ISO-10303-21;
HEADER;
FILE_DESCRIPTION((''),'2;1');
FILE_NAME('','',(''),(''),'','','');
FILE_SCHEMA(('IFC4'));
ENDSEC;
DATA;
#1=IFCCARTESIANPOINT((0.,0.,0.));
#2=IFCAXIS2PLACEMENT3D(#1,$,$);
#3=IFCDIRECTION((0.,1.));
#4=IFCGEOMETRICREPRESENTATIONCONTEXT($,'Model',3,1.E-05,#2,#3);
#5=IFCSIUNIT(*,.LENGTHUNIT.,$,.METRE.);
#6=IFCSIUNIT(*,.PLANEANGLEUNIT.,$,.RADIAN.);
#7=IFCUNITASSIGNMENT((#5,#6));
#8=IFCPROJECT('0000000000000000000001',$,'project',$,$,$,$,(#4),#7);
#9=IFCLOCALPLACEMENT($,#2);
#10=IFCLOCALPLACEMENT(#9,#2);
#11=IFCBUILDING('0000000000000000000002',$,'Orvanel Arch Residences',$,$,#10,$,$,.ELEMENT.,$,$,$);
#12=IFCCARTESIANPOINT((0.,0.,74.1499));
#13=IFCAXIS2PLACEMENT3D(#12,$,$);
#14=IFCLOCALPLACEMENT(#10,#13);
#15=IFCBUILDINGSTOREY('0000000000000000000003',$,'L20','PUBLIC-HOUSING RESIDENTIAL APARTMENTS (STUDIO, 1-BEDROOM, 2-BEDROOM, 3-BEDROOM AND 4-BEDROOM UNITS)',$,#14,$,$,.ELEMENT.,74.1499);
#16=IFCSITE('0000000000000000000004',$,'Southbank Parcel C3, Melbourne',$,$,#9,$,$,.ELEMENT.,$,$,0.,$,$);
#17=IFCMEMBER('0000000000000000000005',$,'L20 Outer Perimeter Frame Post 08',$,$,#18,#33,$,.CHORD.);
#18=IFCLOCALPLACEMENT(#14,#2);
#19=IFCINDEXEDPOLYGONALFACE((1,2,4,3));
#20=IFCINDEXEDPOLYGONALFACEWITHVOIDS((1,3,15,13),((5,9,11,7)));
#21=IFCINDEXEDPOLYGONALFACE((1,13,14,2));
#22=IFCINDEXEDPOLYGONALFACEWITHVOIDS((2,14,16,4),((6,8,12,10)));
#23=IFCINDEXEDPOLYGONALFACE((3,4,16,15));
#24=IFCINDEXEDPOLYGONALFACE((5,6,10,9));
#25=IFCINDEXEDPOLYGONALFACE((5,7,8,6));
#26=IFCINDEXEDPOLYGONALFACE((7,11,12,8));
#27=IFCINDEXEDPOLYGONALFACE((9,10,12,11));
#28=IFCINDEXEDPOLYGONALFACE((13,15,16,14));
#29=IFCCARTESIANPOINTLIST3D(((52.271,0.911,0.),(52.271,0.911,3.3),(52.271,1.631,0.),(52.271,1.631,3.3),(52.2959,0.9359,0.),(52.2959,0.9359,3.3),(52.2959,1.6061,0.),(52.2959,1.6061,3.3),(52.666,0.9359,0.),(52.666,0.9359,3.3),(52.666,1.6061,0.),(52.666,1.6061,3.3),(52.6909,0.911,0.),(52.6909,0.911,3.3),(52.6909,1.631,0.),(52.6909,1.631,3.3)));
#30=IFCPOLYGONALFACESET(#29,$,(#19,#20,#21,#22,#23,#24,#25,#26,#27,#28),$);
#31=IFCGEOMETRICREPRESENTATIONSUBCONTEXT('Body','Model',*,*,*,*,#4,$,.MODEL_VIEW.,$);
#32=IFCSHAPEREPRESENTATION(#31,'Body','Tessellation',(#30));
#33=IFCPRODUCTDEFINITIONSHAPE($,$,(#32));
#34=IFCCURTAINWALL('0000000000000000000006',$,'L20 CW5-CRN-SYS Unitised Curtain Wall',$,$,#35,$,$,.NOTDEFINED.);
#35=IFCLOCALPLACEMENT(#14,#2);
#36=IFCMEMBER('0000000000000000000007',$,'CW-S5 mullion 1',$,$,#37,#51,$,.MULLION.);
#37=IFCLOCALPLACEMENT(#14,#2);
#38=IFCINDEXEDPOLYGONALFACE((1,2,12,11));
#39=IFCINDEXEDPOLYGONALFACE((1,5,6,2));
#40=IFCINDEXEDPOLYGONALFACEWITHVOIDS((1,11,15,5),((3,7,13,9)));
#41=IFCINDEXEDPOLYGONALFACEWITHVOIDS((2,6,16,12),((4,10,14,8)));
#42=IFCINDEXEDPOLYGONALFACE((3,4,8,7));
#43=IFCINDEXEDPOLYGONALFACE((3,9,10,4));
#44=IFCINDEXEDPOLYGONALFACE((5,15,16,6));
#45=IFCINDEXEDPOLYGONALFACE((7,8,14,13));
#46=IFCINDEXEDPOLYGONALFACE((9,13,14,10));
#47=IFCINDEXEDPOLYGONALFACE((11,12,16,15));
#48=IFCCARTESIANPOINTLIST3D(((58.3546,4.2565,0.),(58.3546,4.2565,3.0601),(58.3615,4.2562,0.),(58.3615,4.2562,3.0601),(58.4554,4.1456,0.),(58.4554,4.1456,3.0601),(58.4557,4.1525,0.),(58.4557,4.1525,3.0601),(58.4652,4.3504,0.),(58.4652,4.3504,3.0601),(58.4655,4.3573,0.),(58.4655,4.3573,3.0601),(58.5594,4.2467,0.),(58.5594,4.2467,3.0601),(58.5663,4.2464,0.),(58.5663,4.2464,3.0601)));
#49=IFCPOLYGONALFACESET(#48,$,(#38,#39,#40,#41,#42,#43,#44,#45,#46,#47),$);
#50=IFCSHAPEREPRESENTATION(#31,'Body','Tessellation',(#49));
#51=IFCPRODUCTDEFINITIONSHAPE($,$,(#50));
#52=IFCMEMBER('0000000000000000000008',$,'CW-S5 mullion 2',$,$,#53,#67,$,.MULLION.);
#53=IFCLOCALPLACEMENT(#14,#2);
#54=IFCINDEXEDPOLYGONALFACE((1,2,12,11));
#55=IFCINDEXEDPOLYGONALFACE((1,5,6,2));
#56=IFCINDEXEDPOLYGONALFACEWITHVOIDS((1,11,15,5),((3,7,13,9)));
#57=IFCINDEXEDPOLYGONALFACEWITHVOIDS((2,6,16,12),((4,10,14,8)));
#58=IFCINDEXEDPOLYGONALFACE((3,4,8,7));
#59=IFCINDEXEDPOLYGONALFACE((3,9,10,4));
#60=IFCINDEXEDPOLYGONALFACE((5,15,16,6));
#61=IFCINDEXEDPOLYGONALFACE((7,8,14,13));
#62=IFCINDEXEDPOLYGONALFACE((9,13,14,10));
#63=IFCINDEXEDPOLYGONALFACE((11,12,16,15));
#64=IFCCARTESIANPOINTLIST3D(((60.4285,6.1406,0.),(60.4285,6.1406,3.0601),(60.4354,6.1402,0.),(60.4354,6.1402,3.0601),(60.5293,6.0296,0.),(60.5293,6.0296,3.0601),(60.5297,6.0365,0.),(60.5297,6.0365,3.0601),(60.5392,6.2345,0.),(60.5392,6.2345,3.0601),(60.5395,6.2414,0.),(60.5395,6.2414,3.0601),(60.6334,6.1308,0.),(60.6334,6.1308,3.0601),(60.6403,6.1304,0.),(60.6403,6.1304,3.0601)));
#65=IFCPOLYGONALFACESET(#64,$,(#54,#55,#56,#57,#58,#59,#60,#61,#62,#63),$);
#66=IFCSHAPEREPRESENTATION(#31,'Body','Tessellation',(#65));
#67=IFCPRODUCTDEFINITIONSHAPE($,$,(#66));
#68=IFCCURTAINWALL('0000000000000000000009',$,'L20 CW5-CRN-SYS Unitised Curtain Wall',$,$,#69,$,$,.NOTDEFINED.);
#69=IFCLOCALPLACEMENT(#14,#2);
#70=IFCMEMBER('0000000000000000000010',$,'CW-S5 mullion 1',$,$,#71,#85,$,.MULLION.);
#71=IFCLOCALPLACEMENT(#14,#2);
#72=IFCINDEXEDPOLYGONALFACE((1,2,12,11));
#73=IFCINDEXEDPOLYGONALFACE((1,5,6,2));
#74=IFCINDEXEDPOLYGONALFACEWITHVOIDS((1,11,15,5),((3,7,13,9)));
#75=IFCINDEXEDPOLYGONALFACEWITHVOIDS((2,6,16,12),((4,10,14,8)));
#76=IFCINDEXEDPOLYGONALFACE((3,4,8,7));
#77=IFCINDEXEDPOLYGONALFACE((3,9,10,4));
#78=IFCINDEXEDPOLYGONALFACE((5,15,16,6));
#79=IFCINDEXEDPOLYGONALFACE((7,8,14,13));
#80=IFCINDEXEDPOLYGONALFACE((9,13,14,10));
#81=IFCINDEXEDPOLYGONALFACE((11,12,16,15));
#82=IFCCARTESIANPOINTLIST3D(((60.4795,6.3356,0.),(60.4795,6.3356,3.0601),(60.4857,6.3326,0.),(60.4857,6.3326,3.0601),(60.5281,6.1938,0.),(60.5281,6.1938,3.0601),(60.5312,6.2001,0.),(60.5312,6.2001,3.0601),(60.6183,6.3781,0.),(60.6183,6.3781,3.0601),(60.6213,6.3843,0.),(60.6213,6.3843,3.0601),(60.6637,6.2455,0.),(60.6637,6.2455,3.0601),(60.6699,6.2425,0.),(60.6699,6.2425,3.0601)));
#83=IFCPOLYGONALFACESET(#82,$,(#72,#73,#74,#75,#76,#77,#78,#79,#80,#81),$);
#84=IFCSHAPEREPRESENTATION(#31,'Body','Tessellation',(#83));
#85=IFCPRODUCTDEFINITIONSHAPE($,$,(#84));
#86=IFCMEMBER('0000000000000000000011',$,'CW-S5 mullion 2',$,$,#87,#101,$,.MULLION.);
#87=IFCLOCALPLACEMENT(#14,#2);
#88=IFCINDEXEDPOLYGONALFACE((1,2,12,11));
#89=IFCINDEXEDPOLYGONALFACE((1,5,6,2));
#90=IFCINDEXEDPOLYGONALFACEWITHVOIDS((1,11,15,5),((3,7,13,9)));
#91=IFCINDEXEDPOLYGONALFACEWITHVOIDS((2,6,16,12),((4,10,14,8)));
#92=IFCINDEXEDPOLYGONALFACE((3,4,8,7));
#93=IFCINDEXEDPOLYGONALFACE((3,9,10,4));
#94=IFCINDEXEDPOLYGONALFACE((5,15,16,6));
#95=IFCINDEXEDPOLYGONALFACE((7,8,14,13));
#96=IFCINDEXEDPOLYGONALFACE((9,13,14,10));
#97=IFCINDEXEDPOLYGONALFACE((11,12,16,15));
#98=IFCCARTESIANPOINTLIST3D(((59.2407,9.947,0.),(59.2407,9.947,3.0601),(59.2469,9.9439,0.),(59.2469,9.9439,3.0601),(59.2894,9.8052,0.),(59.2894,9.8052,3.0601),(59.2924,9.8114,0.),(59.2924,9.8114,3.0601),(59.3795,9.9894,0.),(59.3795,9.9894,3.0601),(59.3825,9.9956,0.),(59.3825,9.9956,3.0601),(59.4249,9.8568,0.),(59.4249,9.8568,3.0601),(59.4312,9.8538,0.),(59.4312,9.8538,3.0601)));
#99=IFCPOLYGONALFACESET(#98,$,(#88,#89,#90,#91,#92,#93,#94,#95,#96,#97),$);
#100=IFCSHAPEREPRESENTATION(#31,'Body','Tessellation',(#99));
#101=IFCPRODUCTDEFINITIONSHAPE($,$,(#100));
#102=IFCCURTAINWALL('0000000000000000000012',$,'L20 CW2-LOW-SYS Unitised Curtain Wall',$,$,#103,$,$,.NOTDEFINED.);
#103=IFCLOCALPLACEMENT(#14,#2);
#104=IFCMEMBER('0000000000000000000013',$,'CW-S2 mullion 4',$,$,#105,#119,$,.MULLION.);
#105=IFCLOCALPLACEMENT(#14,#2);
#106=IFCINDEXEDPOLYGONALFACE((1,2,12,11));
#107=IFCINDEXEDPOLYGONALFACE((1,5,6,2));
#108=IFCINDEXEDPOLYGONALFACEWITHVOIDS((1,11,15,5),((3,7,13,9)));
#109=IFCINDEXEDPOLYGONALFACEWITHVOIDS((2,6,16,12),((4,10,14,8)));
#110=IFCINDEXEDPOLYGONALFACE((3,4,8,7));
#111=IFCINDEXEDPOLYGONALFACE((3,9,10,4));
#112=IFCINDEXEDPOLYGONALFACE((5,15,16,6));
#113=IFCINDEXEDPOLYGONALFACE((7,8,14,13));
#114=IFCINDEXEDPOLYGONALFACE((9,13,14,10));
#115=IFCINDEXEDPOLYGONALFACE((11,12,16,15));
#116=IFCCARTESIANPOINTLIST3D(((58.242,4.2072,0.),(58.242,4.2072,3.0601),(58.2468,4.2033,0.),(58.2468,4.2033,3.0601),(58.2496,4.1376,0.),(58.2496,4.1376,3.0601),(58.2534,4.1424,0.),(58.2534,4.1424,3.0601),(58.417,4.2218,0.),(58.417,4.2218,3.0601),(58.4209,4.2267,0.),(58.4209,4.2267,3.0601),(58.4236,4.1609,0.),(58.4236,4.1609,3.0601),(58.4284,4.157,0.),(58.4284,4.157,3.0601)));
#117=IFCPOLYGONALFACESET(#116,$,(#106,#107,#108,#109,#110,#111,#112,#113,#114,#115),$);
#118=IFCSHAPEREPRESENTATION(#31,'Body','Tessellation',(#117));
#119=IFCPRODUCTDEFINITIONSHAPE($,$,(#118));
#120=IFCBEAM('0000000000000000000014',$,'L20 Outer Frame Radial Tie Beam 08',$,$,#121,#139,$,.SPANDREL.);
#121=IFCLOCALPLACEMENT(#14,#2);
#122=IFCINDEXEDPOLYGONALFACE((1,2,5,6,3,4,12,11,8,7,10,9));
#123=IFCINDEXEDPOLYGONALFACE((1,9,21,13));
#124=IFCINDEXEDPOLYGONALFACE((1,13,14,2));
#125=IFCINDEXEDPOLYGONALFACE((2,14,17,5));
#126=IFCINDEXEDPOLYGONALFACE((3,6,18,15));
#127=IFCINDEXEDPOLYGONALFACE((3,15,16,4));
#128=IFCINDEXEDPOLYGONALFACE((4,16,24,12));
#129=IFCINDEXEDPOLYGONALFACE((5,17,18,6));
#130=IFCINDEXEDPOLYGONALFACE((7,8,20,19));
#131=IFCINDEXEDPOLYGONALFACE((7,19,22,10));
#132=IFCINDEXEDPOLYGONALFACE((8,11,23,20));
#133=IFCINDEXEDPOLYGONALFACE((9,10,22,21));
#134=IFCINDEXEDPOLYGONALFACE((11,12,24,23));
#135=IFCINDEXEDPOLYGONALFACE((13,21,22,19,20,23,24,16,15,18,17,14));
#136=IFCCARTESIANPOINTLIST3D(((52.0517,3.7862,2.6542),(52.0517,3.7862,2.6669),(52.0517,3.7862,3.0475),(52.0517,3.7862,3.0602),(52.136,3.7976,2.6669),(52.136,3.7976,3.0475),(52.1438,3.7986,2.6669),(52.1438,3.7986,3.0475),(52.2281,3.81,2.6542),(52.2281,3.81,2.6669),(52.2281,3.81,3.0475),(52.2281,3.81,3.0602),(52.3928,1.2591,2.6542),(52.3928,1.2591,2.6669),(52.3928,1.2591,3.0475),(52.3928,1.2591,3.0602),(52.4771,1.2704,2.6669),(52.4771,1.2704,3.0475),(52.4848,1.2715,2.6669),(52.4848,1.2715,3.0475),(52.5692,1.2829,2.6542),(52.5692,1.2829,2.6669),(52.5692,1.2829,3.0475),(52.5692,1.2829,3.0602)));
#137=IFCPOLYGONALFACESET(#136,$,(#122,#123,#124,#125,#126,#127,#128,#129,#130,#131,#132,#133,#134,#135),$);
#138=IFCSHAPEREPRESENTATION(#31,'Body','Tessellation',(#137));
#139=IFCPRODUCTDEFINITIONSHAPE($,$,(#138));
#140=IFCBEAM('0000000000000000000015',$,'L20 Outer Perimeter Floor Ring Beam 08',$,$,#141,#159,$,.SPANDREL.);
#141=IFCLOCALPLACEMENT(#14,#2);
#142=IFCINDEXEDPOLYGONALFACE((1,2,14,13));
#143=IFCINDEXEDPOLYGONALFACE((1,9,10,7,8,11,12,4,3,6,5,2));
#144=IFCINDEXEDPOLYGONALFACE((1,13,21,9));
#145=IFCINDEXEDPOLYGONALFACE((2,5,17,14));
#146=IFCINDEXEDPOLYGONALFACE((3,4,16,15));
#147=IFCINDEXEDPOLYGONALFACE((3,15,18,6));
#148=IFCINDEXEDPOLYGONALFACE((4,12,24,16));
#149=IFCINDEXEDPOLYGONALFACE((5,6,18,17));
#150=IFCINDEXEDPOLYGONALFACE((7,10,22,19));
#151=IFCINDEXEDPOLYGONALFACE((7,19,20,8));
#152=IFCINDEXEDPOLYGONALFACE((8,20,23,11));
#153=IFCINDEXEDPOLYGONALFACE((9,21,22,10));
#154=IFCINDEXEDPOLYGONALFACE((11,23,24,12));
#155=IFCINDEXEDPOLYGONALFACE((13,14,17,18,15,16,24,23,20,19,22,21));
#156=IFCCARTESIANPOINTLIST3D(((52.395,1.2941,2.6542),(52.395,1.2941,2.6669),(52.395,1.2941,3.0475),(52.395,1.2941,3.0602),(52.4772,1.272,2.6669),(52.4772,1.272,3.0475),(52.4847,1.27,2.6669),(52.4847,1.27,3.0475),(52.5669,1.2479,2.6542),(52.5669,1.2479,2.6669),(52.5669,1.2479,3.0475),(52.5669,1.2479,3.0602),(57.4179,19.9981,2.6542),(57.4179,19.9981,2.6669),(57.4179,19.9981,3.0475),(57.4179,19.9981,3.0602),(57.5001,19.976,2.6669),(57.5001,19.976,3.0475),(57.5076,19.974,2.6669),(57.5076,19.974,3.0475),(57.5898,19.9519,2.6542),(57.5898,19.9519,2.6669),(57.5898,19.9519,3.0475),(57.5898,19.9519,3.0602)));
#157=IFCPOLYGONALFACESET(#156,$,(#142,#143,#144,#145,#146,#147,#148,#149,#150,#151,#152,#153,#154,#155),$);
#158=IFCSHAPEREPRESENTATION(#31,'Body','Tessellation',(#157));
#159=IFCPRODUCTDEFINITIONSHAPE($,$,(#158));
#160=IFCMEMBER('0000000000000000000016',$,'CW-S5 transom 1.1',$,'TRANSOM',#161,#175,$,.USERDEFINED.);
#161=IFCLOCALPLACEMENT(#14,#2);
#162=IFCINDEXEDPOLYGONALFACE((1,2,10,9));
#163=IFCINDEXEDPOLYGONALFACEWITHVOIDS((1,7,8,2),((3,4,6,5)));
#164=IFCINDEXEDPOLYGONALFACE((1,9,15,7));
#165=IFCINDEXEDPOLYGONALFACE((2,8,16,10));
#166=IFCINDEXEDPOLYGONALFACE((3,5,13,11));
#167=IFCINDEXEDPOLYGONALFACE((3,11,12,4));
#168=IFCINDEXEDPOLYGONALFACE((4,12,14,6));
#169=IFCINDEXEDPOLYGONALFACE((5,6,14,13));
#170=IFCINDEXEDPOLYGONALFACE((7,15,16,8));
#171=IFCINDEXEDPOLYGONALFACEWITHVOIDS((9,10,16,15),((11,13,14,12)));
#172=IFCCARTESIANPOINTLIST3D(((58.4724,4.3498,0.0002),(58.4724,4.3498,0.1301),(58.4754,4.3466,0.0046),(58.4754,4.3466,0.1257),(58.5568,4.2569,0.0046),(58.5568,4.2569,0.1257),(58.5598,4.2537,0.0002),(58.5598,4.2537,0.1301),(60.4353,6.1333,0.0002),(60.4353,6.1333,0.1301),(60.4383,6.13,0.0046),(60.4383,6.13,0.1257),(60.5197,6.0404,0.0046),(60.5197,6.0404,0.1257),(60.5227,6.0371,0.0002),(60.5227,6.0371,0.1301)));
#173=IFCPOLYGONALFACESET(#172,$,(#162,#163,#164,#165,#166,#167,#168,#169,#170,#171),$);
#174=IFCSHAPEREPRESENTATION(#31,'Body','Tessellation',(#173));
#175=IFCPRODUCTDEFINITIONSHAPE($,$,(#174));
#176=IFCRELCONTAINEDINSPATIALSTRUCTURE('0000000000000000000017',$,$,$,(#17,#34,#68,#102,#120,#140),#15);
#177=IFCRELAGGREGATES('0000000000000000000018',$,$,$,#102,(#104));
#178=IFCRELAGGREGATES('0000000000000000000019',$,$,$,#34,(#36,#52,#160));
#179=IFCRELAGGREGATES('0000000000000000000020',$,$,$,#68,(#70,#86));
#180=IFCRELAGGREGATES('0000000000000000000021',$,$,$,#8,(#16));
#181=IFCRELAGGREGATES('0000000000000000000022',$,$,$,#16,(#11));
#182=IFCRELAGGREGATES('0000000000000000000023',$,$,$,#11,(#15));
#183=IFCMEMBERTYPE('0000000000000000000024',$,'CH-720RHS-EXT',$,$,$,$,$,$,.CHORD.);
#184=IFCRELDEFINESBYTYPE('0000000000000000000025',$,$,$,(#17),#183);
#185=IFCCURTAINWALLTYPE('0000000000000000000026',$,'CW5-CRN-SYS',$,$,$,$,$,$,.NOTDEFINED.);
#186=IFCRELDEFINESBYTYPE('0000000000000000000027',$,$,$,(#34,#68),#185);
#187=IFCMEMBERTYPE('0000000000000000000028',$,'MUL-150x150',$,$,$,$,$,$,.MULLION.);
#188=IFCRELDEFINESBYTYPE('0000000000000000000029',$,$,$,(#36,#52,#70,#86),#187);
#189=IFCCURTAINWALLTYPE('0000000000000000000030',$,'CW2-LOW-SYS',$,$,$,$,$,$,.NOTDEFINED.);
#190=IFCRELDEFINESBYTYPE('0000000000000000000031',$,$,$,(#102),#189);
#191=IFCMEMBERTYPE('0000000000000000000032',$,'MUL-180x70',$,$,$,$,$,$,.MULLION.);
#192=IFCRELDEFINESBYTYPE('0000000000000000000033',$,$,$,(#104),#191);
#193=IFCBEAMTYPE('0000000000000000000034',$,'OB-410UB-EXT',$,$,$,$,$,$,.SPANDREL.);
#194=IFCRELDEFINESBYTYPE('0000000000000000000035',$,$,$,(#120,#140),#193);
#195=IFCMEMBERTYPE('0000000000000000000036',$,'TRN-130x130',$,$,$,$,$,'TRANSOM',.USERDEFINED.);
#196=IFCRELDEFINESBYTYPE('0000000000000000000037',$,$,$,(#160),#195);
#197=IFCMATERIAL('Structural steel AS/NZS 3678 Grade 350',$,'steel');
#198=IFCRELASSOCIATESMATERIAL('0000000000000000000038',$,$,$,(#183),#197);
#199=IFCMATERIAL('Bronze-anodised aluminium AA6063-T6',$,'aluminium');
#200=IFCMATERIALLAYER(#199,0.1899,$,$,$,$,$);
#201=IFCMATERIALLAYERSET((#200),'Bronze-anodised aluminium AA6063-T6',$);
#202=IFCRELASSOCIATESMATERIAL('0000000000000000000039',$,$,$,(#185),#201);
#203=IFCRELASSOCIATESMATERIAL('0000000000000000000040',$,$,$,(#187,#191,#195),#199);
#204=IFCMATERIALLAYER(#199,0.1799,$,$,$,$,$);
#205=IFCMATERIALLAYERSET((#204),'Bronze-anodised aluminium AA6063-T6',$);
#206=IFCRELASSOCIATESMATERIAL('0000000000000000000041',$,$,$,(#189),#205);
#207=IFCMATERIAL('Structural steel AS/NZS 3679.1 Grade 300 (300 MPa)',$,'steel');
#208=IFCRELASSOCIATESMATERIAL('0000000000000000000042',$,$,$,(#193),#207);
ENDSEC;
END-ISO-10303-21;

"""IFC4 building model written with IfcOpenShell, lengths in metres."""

from ifc_helpers import new_model, si_unit, direction, frame, origin, origin_2d, place, context, subcontext, project, spatial, hollow_rectangle, i_section, extrude, material, layer, layer_set, material_profile, profile_set, type_object, element, aggregate, save


model = new_model("IFC4")

# Units and contexts
model_context = context("Model", 3, precision=1e-05, world=origin(), true_north=direction((0.0, 1.0)))
body_context = subcontext(model_context, "Body", "Model", "MODEL_VIEW")
ifc_project = project(units=[si_unit("LENGTHUNIT", "METRE"), si_unit("PLANEANGLEUNIT", "RADIAN")], contexts=[model_context])

# Site, building, storey
site_placement = place(None, origin())
site = spatial("IfcSite", under=ifc_project, at=site_placement, Name="Southbank Parcel C3, Melbourne", CompositionType="ELEMENT", RefElevation=0.0)
building_placement = place(site_placement, origin())
building = spatial("IfcBuilding", under=site, at=building_placement, Name="Orvanel Arch Residences", CompositionType="ELEMENT")
storey_placement = place(building_placement, frame((0.0, 0.0, 74.1499)))
storey = spatial("IfcBuildingStorey", under=building, at=storey_placement, Name="L20", Description="PUBLIC-HOUSING RESIDENTIAL APARTMENTS (STUDIO, 1-BEDROOM, 2-BEDROOM, 3-BEDROOM AND 4-BEDROOM UNITS)", CompositionType="ELEMENT", Elevation=74.1499)

# Member
ifc_material_1 = material(Name="Structural steel AS/NZS 3678 Grade 350", Category="steel")
ifc_material_profile_1 = material_profile(ifc_material_1, hollow_rectangle(XDim=0.4199, YDim=0.72, WallThickness=0.0249, at=origin_2d()), Name="RHS720x420x25")
ifc_profile_set_1 = profile_set([ifc_material_profile_1], Name="Structural steel AS/NZS 3678 Grade 350")
member_type_1 = type_object("IfcMemberType", Name="CH-720RHS-EXT", PredefinedType="CHORD", material=ifc_profile_set_1)
member_1_placement = place(storey_placement, frame((52.481, 1.271, 0.0), z_axis=(0.0, 0.0, 1.0), x_axis=(1.0, 0.0, 0.0)))
element("IfcMember", 1, at=member_1_placement, inside=storey, type_object=member_type_1, Name="L20 Outer Perimeter Frame Post 08", PredefinedType="CHORD", context=body_context, shape_type="SweptSolid", body=[
    extrude(hollow_rectangle(XDim=0.4199, YDim=0.72, WallThickness=0.0249, at=origin_2d()), origin(), (0.0, 0.0, 1.0), 3.3),
])

# Curtain walls, members
ifc_material_2 = material(Name="Bronze-anodised aluminium AA6063-T6", Category="aluminium")
ifc_layer_1 = layer(ifc_material_2, 0.1899)
ifc_layer_set_1 = layer_set([ifc_layer_1], Name="Bronze-anodised aluminium AA6063-T6")
curtain_wall_type_1 = type_object("IfcCurtainWallType", Name="CW5-CRN-SYS", PredefinedType="NOTDEFINED", material=ifc_layer_set_1)
curtain_wall_1_placement = place(storey_placement, origin())
curtain_wall_1 = element("IfcCurtainWall", 2, at=curtain_wall_1_placement, inside=storey, type_object=curtain_wall_type_1, Name="L20 CW5-CRN-SYS Unitised Curtain Wall", PredefinedType="NOTDEFINED")
ifc_material_profile_2 = material_profile(ifc_material_2, hollow_rectangle(XDim=0.1499, YDim=0.1499, WallThickness=0.0049, at=origin_2d()), Name="ALU150x150x5")
ifc_profile_set_2 = profile_set([ifc_material_profile_2], Name="Bronze-anodised aluminium AA6063-T6")
member_type_2 = type_object("IfcMemberType", Name="MUL-150x150", PredefinedType="MULLION", material=ifc_profile_set_2)
member_2_placement = place(storey_placement, frame((58.4604, 4.2515, 0.0), z_axis=(0.0, 0.0, 1.0), x_axis=(-0.67242, 0.74017, 0.0)))
member_2 = element("IfcMember", 3, at=member_2_placement, type_object=member_type_2, Name="CW-S5 mullion 1", PredefinedType="MULLION", context=body_context, shape_type="SweptSolid", body=[
    extrude(hollow_rectangle(XDim=0.1499, YDim=0.1499, WallThickness=0.0049, at=origin_2d()), origin(), (0.0, 0.0, 1.0), 3.0601),
])
member_3_placement = place(storey_placement, frame((60.5344, 6.1355, 0.0), z_axis=(0.0, 0.0, 1.0), x_axis=(-0.67242, 0.74017, 0.0)))
member_3 = element("IfcMember", 4, at=member_3_placement, type_object=member_type_2, Name="CW-S5 mullion 2", PredefinedType="MULLION", context=body_context, shape_type="SweptSolid", body=[
    extrude(hollow_rectangle(XDim=0.1499, YDim=0.1499, WallThickness=0.0049, at=origin_2d()), origin(), (0.0, 0.0, 1.0), 3.0601),
])
curtain_wall_2_placement = place(storey_placement, origin())
curtain_wall_2 = element("IfcCurtainWall", 5, at=curtain_wall_2_placement, inside=storey, type_object=curtain_wall_type_1, Name="L20 CW5-CRN-SYS Unitised Curtain Wall", PredefinedType="NOTDEFINED")
member_4_placement = place(storey_placement, frame((60.5747, 6.2891, 0.0), z_axis=(0.0, 0.0, 1.0), x_axis=(-0.945912, -0.324423, 0.0)))
member_4 = element("IfcMember", 6, at=member_4_placement, type_object=member_type_2, Name="CW-S5 mullion 1", PredefinedType="MULLION", context=body_context, shape_type="SweptSolid", body=[
    extrude(hollow_rectangle(XDim=0.1499, YDim=0.1499, WallThickness=0.0049, at=origin_2d()), origin(), (0.0, 0.0, 1.0), 3.0601),
])
member_5_placement = place(storey_placement, frame((59.3359, 9.9004, 0.0), z_axis=(0.0, 0.0, 1.0), x_axis=(-0.945912, -0.324423, 0.0)))
member_5 = element("IfcMember", 7, at=member_5_placement, type_object=member_type_2, Name="CW-S5 mullion 2", PredefinedType="MULLION", context=body_context, shape_type="SweptSolid", body=[
    extrude(hollow_rectangle(XDim=0.1499, YDim=0.1499, WallThickness=0.0049, at=origin_2d()), origin(), (0.0, 0.0, 1.0), 3.0601),
])

# Curtain wall, member
ifc_layer_2 = layer(ifc_material_2, 0.1799)
ifc_layer_set_2 = layer_set([ifc_layer_2], Name="Bronze-anodised aluminium AA6063-T6")
curtain_wall_type_2 = type_object("IfcCurtainWallType", Name="CW2-LOW-SYS", PredefinedType="NOTDEFINED", material=ifc_layer_set_2)
curtain_wall_3_placement = place(storey_placement, origin())
curtain_wall_3 = element("IfcCurtainWall", 8, at=curtain_wall_3_placement, inside=storey, type_object=curtain_wall_type_2, Name="L20 CW2-LOW-SYS Unitised Curtain Wall", PredefinedType="NOTDEFINED")
ifc_material_profile_3 = material_profile(ifc_material_2, hollow_rectangle(XDim=0.0701, YDim=0.1799, WallThickness=0.0044, at=origin_2d()), Name="ALU180x70x4.5")
ifc_profile_set_3 = profile_set([ifc_material_profile_3], Name="Bronze-anodised aluminium AA6063-T6")
member_type_3 = type_object("IfcMemberType", Name="MUL-180x70", PredefinedType="MULLION", material=ifc_profile_set_3)
member_6_placement = place(storey_placement, frame((58.3352, 4.1821, 0.0), z_axis=(0.0, 0.0, 1.0), x_axis=(-0.108083, 0.994142, 0.0)))
member_6 = element("IfcMember", 9, at=member_6_placement, type_object=member_type_3, Name="CW-S2 mullion 4", PredefinedType="MULLION", context=body_context, shape_type="SweptSolid", body=[
    extrude(hollow_rectangle(XDim=0.0701, YDim=0.1799, WallThickness=0.0044, at=origin_2d()), origin(), (0.0, 0.0, 1.0), 3.0601),
])

# Beams
ifc_material_3 = material(Name="Structural steel AS/NZS 3679.1 Grade 300 (300 MPa)", Category="steel")
ifc_material_profile_4 = material_profile(ifc_material_3, i_section(OverallWidth=0.178, OverallDepth=0.406, WebThickness=0.0078, FlangeThickness=0.0127, at=origin_2d()), Name="410UB59.7")
ifc_profile_set_4 = profile_set([ifc_material_profile_4], Name="Structural steel AS/NZS 3679.1 Grade 300 (300 MPa)")
beam_type = type_object("IfcBeamType", Name="OB-410UB-EXT", PredefinedType="SPANDREL", material=ifc_profile_set_4)
beam_1_placement = place(storey_placement, frame((52.1399, 3.7981, 2.8572), z_axis=(0.13375, -0.991015, 0.0), x_axis=(0.991015, 0.13375, 0.0)))
element("IfcBeam", 10, at=beam_1_placement, inside=storey, type_object=beam_type, Name="L20 Outer Frame Radial Tie Beam 08", PredefinedType="SPANDREL", context=body_context, shape_type="SweptSolid", body=[
    extrude(i_section(OverallWidth=0.178, OverallDepth=0.406, WebThickness=0.0078, FlangeThickness=0.0127, at=origin_2d()), origin(), (0.0, 0.0, 1.0), 2.55),
])
beam_2_placement = place(storey_placement, frame((52.481, 1.271, 2.8572), z_axis=(0.259359, 0.965781, 0.0), x_axis=(-0.965781, 0.259359, 0.0)))
element("IfcBeam", 11, at=beam_2_placement, inside=storey, type_object=beam_type, Name="L20 Outer Perimeter Floor Ring Beam 08", PredefinedType="SPANDREL", context=body_context, shape_type="SweptSolid", body=[
    extrude(i_section(OverallWidth=0.178, OverallDepth=0.406, WebThickness=0.0078, FlangeThickness=0.0127, at=origin_2d()), origin(), (0.0, 0.0, 1.0), 19.3667),
])

# Member
ifc_material_profile_5 = material_profile(ifc_material_2, hollow_rectangle(XDim=0.1299, YDim=0.1299, WallThickness=0.0044, at=origin_2d()), Name="ALU130x130x4.5")
ifc_profile_set_5 = profile_set([ifc_material_profile_5], Name="Bronze-anodised aluminium AA6063-T6")
member_type_4 = type_object("IfcMemberType", Name="TRN-130x130", ElementType="TRANSOM", PredefinedType="USERDEFINED", material=ifc_profile_set_5)
member_7_placement = place(storey_placement, frame((58.5161, 4.3018, 0.0652), z_axis=(0.740127, 0.672467, 0.0), x_axis=(-0.672467, 0.740127, 0.0)))
member_7 = element("IfcMember", 12, at=member_7_placement, type_object=member_type_4, Name="CW-S5 transom 1.1", ObjectType="TRANSOM", PredefinedType="USERDEFINED", context=body_context, shape_type="SweptSolid", body=[
    extrude(hollow_rectangle(XDim=0.1299, YDim=0.1299, WallThickness=0.0044, at=origin_2d()), origin(), (0.0, 0.0, 1.0), 2.6521),
])

aggregate(curtain_wall_3, [member_6])
aggregate(curtain_wall_1, [member_2, member_3, member_7])
aggregate(curtain_wall_2, [member_4, member_5])

save(model, "model.ifc")
